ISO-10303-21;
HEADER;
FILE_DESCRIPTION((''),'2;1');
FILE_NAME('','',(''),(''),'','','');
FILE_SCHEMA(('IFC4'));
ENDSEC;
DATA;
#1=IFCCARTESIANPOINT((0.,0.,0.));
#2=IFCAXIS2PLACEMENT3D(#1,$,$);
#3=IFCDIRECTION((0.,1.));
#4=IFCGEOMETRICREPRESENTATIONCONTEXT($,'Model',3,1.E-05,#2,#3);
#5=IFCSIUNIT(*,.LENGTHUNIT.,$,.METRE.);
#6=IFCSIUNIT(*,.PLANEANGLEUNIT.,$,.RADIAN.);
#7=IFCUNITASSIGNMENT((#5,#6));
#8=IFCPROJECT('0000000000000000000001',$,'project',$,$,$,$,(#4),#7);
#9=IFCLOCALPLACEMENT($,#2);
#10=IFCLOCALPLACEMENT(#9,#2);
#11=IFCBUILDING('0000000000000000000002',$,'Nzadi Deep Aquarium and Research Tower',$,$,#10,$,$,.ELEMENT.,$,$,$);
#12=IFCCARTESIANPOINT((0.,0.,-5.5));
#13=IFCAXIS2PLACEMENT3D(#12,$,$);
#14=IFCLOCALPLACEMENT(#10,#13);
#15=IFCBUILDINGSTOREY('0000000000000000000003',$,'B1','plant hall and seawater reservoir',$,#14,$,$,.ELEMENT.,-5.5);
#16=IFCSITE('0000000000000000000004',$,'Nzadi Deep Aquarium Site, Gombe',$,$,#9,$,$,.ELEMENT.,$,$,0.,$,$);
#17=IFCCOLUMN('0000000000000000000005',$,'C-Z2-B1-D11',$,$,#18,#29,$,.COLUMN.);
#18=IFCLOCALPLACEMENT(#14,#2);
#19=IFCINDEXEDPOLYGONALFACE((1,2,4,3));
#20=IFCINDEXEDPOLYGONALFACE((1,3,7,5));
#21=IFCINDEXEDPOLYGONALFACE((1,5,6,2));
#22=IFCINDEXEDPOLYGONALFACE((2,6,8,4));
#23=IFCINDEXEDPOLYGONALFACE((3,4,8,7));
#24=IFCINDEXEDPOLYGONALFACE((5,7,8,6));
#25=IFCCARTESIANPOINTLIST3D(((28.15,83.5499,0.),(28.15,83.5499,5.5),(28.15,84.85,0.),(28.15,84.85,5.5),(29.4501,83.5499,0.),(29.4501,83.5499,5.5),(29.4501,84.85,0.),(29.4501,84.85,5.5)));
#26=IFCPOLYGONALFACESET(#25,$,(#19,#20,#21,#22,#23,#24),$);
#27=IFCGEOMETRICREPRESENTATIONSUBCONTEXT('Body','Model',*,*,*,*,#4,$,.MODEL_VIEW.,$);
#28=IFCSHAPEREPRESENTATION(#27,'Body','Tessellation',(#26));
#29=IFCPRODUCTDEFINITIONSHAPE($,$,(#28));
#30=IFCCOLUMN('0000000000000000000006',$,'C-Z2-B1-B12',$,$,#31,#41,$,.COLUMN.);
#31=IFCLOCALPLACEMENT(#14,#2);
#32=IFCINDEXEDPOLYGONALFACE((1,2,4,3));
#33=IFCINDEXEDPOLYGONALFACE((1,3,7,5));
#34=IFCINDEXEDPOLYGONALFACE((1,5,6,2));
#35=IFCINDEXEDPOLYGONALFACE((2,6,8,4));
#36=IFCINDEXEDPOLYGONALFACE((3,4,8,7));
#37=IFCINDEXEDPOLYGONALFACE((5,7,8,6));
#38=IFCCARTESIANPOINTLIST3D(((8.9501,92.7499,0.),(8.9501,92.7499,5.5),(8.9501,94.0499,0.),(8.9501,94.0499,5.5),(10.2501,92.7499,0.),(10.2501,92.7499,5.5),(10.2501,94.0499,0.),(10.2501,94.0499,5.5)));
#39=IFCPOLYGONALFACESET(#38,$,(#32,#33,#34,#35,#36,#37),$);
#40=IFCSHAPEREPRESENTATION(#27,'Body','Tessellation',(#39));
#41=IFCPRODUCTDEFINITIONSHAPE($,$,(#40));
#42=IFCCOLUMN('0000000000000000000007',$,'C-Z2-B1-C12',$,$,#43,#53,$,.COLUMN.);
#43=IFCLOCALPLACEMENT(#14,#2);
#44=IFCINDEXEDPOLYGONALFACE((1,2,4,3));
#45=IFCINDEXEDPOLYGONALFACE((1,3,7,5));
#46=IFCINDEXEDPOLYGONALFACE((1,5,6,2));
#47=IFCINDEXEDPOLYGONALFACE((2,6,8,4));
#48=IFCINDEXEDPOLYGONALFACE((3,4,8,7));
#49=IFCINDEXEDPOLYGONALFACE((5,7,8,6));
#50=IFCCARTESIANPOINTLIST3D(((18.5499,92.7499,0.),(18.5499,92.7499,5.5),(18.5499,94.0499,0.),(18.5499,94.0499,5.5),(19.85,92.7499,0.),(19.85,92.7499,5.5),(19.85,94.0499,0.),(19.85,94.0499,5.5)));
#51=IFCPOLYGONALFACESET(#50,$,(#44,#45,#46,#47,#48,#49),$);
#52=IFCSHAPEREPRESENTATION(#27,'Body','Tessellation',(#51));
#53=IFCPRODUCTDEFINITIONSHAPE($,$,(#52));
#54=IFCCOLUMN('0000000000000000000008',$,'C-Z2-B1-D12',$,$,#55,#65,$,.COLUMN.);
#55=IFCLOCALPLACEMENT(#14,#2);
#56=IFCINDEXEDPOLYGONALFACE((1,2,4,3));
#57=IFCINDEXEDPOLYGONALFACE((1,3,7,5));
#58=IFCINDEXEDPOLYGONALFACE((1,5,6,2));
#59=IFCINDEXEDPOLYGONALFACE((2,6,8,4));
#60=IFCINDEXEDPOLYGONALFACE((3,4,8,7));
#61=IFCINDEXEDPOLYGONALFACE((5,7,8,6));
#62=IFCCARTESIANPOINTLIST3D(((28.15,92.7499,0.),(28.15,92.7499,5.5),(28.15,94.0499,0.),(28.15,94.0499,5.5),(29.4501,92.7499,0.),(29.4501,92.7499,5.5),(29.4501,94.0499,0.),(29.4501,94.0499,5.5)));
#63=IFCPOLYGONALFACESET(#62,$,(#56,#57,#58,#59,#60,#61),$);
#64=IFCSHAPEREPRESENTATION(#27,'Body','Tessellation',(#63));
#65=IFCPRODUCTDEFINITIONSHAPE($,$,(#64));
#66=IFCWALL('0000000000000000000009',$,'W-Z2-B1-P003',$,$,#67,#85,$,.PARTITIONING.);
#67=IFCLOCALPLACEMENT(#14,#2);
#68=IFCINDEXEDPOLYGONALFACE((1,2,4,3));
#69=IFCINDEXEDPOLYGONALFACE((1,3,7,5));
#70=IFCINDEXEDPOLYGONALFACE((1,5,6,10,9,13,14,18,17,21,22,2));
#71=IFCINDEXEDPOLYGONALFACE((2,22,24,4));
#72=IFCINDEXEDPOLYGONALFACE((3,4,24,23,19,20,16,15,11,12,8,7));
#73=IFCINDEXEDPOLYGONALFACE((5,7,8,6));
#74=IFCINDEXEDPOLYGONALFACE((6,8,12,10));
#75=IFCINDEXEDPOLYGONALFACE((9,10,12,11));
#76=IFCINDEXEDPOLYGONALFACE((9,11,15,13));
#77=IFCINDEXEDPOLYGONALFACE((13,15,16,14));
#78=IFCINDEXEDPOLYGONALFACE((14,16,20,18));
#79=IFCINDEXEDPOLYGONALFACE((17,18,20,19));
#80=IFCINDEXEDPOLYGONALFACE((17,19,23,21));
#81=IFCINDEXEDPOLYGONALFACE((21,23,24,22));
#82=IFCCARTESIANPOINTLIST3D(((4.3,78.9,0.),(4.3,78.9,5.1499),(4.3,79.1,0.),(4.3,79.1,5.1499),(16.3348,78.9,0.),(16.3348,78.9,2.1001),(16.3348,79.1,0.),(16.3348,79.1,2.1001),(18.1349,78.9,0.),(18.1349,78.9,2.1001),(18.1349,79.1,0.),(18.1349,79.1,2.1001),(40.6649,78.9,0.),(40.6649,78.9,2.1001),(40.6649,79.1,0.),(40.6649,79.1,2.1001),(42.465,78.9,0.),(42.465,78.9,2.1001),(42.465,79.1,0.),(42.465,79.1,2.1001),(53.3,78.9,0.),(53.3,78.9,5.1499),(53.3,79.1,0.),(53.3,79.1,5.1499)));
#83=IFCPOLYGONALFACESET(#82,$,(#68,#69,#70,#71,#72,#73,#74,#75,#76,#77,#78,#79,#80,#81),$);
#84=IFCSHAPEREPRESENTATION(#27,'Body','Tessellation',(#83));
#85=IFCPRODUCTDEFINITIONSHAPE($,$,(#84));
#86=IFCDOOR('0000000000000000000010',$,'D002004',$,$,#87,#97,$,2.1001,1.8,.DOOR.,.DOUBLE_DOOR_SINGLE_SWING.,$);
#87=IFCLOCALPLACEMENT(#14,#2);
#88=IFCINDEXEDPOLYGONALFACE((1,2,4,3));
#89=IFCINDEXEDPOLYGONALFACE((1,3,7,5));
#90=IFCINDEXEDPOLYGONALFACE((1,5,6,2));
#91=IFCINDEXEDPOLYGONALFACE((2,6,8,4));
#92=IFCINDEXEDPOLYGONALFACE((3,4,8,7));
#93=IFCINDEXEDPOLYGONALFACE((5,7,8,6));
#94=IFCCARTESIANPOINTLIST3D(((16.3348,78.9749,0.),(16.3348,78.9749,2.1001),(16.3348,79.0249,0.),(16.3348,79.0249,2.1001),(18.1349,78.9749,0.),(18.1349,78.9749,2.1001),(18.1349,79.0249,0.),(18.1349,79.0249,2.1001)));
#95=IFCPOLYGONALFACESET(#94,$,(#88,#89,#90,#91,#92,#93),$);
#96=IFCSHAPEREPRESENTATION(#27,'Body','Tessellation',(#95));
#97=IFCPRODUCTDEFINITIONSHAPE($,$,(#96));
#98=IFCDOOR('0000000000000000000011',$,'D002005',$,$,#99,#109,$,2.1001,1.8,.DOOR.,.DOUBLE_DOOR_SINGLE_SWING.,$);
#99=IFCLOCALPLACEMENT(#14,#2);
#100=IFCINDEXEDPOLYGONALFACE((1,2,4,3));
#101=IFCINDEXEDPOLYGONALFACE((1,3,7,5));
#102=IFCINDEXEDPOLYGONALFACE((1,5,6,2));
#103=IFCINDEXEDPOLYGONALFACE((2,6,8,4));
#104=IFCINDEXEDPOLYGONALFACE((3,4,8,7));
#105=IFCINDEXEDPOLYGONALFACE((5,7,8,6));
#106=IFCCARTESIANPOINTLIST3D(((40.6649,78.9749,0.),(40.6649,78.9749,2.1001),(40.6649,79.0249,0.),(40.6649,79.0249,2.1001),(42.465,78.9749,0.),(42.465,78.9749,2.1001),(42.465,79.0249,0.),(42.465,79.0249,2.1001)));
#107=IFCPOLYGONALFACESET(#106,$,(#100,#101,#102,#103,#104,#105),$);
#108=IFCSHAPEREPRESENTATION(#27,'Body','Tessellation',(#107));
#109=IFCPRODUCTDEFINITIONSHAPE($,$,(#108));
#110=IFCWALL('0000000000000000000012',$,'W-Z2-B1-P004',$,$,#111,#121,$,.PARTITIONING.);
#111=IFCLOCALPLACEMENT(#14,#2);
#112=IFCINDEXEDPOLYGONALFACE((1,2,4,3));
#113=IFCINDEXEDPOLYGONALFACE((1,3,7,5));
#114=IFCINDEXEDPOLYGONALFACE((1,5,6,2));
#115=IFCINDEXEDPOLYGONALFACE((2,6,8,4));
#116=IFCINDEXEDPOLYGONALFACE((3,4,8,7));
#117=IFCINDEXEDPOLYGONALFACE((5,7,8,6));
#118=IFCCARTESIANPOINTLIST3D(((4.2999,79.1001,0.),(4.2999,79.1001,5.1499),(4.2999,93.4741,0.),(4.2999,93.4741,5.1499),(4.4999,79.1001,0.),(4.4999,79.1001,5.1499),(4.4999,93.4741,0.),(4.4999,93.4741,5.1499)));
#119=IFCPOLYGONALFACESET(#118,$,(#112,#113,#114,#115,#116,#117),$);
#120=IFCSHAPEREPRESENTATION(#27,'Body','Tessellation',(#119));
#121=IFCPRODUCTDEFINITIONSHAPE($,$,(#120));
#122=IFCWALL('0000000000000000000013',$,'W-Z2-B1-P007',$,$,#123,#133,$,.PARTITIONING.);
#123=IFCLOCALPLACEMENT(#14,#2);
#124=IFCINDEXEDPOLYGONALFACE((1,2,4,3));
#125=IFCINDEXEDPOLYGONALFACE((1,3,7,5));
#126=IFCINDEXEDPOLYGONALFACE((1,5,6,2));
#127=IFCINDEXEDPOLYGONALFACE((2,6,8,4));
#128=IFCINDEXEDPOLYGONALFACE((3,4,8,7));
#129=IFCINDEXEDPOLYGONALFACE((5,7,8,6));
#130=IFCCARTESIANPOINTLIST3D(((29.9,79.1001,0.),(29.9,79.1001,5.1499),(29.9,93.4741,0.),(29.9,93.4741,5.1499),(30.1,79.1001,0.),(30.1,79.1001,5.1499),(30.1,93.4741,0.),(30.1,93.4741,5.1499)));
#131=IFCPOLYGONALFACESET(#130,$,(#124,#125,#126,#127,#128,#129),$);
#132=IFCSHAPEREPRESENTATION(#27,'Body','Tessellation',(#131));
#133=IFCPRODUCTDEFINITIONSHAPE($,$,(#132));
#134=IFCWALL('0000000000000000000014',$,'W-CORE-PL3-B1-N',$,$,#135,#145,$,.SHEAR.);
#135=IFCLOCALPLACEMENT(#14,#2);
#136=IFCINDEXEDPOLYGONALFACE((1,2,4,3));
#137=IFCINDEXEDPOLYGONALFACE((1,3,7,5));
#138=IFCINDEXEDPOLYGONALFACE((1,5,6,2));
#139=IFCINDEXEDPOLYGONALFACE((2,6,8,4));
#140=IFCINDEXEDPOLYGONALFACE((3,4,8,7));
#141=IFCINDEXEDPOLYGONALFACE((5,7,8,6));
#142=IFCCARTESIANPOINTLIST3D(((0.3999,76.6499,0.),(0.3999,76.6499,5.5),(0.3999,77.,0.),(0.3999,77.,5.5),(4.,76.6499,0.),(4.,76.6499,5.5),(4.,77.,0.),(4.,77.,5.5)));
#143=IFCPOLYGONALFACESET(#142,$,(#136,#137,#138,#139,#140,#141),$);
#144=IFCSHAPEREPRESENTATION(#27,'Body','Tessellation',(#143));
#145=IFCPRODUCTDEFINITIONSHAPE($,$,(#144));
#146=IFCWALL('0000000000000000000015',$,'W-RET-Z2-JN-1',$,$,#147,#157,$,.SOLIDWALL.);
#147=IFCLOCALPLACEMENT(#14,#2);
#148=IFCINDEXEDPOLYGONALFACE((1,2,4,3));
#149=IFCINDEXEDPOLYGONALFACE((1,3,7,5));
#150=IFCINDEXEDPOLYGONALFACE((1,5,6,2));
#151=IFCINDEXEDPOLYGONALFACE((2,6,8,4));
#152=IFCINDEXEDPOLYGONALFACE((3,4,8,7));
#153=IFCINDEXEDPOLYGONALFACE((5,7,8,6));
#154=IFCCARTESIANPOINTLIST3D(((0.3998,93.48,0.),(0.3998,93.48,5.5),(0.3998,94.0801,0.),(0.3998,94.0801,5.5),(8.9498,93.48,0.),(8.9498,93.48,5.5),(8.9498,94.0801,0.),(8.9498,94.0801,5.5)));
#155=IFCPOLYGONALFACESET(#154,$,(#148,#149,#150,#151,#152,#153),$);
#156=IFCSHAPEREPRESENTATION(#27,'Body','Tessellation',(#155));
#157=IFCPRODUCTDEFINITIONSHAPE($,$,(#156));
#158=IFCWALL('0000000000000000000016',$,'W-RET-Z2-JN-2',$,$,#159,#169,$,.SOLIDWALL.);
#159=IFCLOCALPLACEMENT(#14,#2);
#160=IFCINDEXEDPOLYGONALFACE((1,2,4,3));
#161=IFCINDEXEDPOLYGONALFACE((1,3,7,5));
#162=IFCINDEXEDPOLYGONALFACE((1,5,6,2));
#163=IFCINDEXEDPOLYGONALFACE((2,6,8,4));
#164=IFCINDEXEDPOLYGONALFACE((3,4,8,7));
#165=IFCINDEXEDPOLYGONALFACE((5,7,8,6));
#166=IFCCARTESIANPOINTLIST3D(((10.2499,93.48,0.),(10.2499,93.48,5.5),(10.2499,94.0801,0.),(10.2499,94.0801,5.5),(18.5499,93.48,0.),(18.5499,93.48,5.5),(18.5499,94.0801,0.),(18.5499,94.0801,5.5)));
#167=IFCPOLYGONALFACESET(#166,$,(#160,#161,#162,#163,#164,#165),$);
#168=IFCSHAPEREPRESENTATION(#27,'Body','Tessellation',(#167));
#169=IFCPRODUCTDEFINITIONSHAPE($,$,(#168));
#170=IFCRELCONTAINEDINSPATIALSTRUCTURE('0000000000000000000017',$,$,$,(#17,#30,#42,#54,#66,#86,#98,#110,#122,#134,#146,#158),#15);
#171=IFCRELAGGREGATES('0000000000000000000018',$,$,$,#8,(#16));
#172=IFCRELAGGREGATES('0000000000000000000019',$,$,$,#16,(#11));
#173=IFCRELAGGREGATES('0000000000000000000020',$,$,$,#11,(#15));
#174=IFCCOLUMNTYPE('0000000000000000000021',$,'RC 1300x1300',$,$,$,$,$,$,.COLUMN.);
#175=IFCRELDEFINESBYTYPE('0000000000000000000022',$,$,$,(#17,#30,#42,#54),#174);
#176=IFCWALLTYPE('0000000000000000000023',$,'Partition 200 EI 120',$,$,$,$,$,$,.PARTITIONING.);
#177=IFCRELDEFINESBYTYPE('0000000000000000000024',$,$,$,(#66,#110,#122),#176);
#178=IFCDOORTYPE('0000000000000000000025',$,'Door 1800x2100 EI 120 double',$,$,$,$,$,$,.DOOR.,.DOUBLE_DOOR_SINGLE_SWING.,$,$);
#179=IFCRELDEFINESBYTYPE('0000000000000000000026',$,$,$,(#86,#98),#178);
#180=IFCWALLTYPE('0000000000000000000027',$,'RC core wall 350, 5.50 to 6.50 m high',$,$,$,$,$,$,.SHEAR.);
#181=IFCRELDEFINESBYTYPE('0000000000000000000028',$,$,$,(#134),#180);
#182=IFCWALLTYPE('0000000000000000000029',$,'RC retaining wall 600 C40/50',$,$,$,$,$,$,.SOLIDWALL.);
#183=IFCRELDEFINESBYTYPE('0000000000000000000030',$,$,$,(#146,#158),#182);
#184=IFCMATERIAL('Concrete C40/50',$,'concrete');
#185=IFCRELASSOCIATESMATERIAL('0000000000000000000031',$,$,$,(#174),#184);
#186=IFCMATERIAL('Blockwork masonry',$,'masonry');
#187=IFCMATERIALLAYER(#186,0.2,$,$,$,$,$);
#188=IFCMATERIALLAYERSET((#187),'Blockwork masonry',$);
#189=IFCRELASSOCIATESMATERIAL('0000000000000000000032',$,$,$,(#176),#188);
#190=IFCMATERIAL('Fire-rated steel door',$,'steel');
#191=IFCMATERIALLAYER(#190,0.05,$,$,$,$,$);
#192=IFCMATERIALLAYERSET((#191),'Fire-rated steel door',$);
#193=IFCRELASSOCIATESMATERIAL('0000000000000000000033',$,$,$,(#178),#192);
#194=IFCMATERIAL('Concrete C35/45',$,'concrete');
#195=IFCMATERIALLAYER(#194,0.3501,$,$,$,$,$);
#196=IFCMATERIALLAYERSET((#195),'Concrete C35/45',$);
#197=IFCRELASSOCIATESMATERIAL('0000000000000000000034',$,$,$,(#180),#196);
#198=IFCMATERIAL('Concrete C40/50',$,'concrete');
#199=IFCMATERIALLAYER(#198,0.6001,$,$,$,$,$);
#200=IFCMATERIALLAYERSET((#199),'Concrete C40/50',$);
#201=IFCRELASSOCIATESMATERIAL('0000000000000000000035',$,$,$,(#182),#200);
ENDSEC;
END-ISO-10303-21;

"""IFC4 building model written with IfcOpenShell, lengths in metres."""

from ifc_helpers import new_model, si_unit, direction, frame, frame_2d, origin, origin_2d, place, context, subcontext, project, spatial, rectangle, extrude, material, layer, layer_set, material_profile, profile_set, type_object, element, fill, save


model = new_model("IFC4")

# Units and contexts
model_context = context("Model", 3, precision=1e-05, world=origin(), true_north=direction((0.0, 1.0)))
body_context = subcontext(model_context, "Body", "Model", "MODEL_VIEW")
ifc_project = project(units=[si_unit("LENGTHUNIT", "METRE"), si_unit("PLANEANGLEUNIT", "RADIAN")], contexts=[model_context])

# Site, building, storey
site_placement = place(None, origin())
site = spatial("IfcSite", under=ifc_project, at=site_placement, Name="Nzadi Deep Aquarium Site, Gombe", CompositionType="ELEMENT", RefElevation=0.0)
building_placement = place(site_placement, origin())
building = spatial("IfcBuilding", under=site, at=building_placement, Name="Nzadi Deep Aquarium and Research Tower", CompositionType="ELEMENT")
storey_placement = place(building_placement, frame((0.0, 0.0, -5.5)))
storey = spatial("IfcBuildingStorey", under=building, at=storey_placement, Name="B1", Description="plant hall and seawater reservoir", CompositionType="ELEMENT", Elevation=-5.5)

# Columns
ifc_material_1 = material(Name="Concrete C40/50", Category="concrete")
ifc_material_profile_1 = material_profile(ifc_material_1, rectangle(XDim=1.3, YDim=1.3, at=origin_2d()))
ifc_profile_set_1 = profile_set([ifc_material_profile_1], Name="Concrete C40/50")
column_type = type_object("IfcColumnType", Name="RC 1300x1300", PredefinedType="COLUMN", material=ifc_profile_set_1)
for number, where, z_axis, x_axis, name in (
    (1, (28.8, 84.2, 0.0), (0.0, 0.0, 1.0), (1.0, 0.0, 0.0), "C-Z2-B1-D11"),
    (2, (9.6001, 93.3999, 0.0), (0.0, 0.0, 1.0), (1.0, 0.0, 0.0), "C-Z2-B1-B12"),
    (3, (19.2, 93.3999, 0.0), (0.0, 0.0, 1.0), (1.0, 0.0, 0.0), "C-Z2-B1-C12"),
    (4, (28.8, 93.3999, 0.0), (0.0, 0.0, 1.0), (1.0, 0.0, 0.0), "C-Z2-B1-D12"),
):
    element("IfcColumn", number, at=place(storey_placement, frame(where, z_axis=z_axis, x_axis=x_axis)), inside=storey, type_object=column_type, Name=name, PredefinedType="COLUMN", context=body_context, shape_type="SweptSolid", body=[
        extrude(rectangle(XDim=1.3, YDim=1.3, at=origin_2d()), origin(), (0.0, 0.0, 1.0), 5.5),
    ])

# Wall, openings, doors
ifc_material_2 = material(Name="Blockwork masonry", Category="masonry")
ifc_layer_1 = layer(ifc_material_2, 0.2)
ifc_layer_set_1 = layer_set([ifc_layer_1], Name="Blockwork masonry")
wall_type_1 = type_object("IfcWallType", Name="Partition 200 EI 120", PredefinedType="PARTITIONING", material=ifc_layer_set_1)
wall_1_placement = place(storey_placement, frame((4.3, 79.0, 0.0), z_axis=(0.0, 0.0, 1.0), x_axis=(1.0, 0.0, 0.0)))
wall_1 = element("IfcWall", 5, at=wall_1_placement, inside=storey, type_object=wall_type_1, Name="W-Z2-B1-P003", PredefinedType="PARTITIONING", context=body_context, shape_type="SweptSolid", body=[
    extrude(rectangle(XDim=49.0, YDim=0.2, at=frame_2d((24.5, 0.0))), origin(), (0.0, 0.0, 1.0), 5.1499),
])
opening_1_placement = place(wall_1_placement, frame((12.0349, 0.0, 0.0)))
opening_1 = element("IfcOpeningElement", 6, at=opening_1_placement, cuts=wall_1, PredefinedType="OPENING", context=body_context, shape_type="SweptSolid", body=[
    extrude(rectangle(XDim=1.8, YDim=2.1001, at=frame_2d((0.8999, 1.05))), frame((0.0, 0.1101, 0.0), z_axis=(0.0, -1.0, 0.0), x_axis=(1.0, 0.0, 0.0)), (0.0, 0.0, 1.0), 0.2202),
])
opening_2_placement = place(wall_1_placement, frame((36.365, 0.0, 0.0)))
opening_2 = element("IfcOpeningElement", 7, at=opening_2_placement, cuts=wall_1, PredefinedType="OPENING", context=body_context, shape_type="SweptSolid", body=[
    extrude(rectangle(XDim=1.8, YDim=2.1001, at=frame_2d((0.8999, 1.05))), frame((0.0, 0.1101, 0.0), z_axis=(0.0, -1.0, 0.0), x_axis=(1.0, 0.0, 0.0)), (0.0, 0.0, 1.0), 0.2202),
])
ifc_material_3 = material(Name="Fire-rated steel door", Category="steel")
ifc_layer_2 = layer(ifc_material_3, 0.05)
ifc_layer_set_2 = layer_set([ifc_layer_2], Name="Fire-rated steel door")
door_type = type_object("IfcDoorType", Name="Door 1800x2100 EI 120 double", OperationType="DOUBLE_DOOR_SINGLE_SWING", PredefinedType="DOOR", material=ifc_layer_set_2)
door_1_placement = place(opening_1_placement, origin())
door_1 = element("IfcDoor", 8, at=door_1_placement, inside=storey, type_object=door_type, Name="D002004", OperationType="DOUBLE_DOOR_SINGLE_SWING", OverallHeight=2.1001, OverallWidth=1.8, PredefinedType="DOOR", context=body_context, shape_type="SweptSolid", body=[
    extrude(rectangle(XDim=1.8, YDim=2.1001, at=frame_2d((0.8999, 1.05))), frame((0.0, 0.0249, 0.0), z_axis=(0.0, -1.0, 0.0), x_axis=(1.0, 0.0, 0.0)), (0.0, 0.0, 1.0), 0.05),
])
fill(opening_1, door_1)
door_2_placement = place(opening_2_placement, origin())
door_2 = element("IfcDoor", 9, at=door_2_placement, inside=storey, type_object=door_type, Name="D002005", OperationType="DOUBLE_DOOR_SINGLE_SWING", OverallHeight=2.1001, OverallWidth=1.8, PredefinedType="DOOR", context=body_context, shape_type="SweptSolid", body=[
    extrude(rectangle(XDim=1.8, YDim=2.1001, at=frame_2d((0.8999, 1.05))), frame((0.0, 0.0249, 0.0), z_axis=(0.0, -1.0, 0.0), x_axis=(1.0, 0.0, 0.0)), (0.0, 0.0, 1.0), 0.05),
])
fill(opening_2, door_2)

# Walls
for number, where, z_axis, x_axis, name in (
    (10, (4.3999, 79.1001, 0.0), (0.0, 0.0, 1.0), (0.0, 1.0, 0.0), "W-Z2-B1-P004"),
    (11, (30.0, 79.1001, 0.0), (0.0, 0.0, 1.0), (0.0, 1.0, 0.0), "W-Z2-B1-P007"),
):
    element("IfcWall", number, at=place(storey_placement, frame(where, z_axis=z_axis, x_axis=x_axis)), inside=storey, type_object=wall_type_1, Name=name, PredefinedType="PARTITIONING", context=body_context, shape_type="SweptSolid", body=[
        extrude(rectangle(XDim=14.374, YDim=0.2, at=frame_2d((7.187, 0.0))), origin(), (0.0, 0.0, 1.0), 5.1499),
    ])
ifc_material_4 = material(Name="Concrete C35/45", Category="concrete")
ifc_layer_3 = layer(ifc_material_4, 0.3501)
ifc_layer_set_3 = layer_set([ifc_layer_3], Name="Concrete C35/45")
wall_type_2 = type_object("IfcWallType", Name="RC core wall 350, 5.50 to 6.50 m high", PredefinedType="SHEAR", material=ifc_layer_set_3)
wall_2_placement = place(storey_placement, frame((0.3999, 76.825, 0.0), z_axis=(0.0, 0.0, 1.0), x_axis=(1.0, 0.0, 0.0)))
element("IfcWall", 12, at=wall_2_placement, inside=storey, type_object=wall_type_2, Name="W-CORE-PL3-B1-N", PredefinedType="SHEAR", context=body_context, shape_type="SweptSolid", body=[
    extrude(rectangle(XDim=3.6001, YDim=0.3501, at=frame_2d((1.8, 0.0))), origin(), (0.0, 0.0, 1.0), 5.5),
])
ifc_material_5 = material(Name="Concrete C40/50", Category="concrete")
ifc_layer_4 = layer(ifc_material_5, 0.6001)
ifc_layer_set_4 = layer_set([ifc_layer_4], Name="Concrete C40/50")
wall_type_3 = type_object("IfcWallType", Name="RC retaining wall 600 C40/50", PredefinedType="SOLIDWALL", material=ifc_layer_set_4)
wall_3_placement = place(storey_placement, frame((0.3999, 93.78, 0.0), z_axis=(0.0, 0.0, 1.0), x_axis=(1.0, 0.0, 0.0)))
element("IfcWall", 13, at=wall_3_placement, inside=storey, type_object=wall_type_3, Name="W-RET-Z2-JN-1", PredefinedType="SOLIDWALL", context=body_context, shape_type="SweptSolid", body=[
    extrude(rectangle(XDim=8.55, YDim=0.6001, at=frame_2d((4.2749, 0.0))), origin(), (0.0, 0.0, 1.0), 5.5),
])
wall_4_placement = place(storey_placement, frame((10.25, 93.78, 0.0), z_axis=(0.0, 0.0, 1.0), x_axis=(1.0, 0.0, 0.0)))
element("IfcWall", 14, at=wall_4_placement, inside=storey, type_object=wall_type_3, Name="W-RET-Z2-JN-2", PredefinedType="SOLIDWALL", context=body_context, shape_type="SweptSolid", body=[
    extrude(rectangle(XDim=8.3, YDim=0.6001, at=frame_2d((4.1499, 0.0))), origin(), (0.0, 0.0, 1.0), 5.5),
])

save(model, "model.ifc")
